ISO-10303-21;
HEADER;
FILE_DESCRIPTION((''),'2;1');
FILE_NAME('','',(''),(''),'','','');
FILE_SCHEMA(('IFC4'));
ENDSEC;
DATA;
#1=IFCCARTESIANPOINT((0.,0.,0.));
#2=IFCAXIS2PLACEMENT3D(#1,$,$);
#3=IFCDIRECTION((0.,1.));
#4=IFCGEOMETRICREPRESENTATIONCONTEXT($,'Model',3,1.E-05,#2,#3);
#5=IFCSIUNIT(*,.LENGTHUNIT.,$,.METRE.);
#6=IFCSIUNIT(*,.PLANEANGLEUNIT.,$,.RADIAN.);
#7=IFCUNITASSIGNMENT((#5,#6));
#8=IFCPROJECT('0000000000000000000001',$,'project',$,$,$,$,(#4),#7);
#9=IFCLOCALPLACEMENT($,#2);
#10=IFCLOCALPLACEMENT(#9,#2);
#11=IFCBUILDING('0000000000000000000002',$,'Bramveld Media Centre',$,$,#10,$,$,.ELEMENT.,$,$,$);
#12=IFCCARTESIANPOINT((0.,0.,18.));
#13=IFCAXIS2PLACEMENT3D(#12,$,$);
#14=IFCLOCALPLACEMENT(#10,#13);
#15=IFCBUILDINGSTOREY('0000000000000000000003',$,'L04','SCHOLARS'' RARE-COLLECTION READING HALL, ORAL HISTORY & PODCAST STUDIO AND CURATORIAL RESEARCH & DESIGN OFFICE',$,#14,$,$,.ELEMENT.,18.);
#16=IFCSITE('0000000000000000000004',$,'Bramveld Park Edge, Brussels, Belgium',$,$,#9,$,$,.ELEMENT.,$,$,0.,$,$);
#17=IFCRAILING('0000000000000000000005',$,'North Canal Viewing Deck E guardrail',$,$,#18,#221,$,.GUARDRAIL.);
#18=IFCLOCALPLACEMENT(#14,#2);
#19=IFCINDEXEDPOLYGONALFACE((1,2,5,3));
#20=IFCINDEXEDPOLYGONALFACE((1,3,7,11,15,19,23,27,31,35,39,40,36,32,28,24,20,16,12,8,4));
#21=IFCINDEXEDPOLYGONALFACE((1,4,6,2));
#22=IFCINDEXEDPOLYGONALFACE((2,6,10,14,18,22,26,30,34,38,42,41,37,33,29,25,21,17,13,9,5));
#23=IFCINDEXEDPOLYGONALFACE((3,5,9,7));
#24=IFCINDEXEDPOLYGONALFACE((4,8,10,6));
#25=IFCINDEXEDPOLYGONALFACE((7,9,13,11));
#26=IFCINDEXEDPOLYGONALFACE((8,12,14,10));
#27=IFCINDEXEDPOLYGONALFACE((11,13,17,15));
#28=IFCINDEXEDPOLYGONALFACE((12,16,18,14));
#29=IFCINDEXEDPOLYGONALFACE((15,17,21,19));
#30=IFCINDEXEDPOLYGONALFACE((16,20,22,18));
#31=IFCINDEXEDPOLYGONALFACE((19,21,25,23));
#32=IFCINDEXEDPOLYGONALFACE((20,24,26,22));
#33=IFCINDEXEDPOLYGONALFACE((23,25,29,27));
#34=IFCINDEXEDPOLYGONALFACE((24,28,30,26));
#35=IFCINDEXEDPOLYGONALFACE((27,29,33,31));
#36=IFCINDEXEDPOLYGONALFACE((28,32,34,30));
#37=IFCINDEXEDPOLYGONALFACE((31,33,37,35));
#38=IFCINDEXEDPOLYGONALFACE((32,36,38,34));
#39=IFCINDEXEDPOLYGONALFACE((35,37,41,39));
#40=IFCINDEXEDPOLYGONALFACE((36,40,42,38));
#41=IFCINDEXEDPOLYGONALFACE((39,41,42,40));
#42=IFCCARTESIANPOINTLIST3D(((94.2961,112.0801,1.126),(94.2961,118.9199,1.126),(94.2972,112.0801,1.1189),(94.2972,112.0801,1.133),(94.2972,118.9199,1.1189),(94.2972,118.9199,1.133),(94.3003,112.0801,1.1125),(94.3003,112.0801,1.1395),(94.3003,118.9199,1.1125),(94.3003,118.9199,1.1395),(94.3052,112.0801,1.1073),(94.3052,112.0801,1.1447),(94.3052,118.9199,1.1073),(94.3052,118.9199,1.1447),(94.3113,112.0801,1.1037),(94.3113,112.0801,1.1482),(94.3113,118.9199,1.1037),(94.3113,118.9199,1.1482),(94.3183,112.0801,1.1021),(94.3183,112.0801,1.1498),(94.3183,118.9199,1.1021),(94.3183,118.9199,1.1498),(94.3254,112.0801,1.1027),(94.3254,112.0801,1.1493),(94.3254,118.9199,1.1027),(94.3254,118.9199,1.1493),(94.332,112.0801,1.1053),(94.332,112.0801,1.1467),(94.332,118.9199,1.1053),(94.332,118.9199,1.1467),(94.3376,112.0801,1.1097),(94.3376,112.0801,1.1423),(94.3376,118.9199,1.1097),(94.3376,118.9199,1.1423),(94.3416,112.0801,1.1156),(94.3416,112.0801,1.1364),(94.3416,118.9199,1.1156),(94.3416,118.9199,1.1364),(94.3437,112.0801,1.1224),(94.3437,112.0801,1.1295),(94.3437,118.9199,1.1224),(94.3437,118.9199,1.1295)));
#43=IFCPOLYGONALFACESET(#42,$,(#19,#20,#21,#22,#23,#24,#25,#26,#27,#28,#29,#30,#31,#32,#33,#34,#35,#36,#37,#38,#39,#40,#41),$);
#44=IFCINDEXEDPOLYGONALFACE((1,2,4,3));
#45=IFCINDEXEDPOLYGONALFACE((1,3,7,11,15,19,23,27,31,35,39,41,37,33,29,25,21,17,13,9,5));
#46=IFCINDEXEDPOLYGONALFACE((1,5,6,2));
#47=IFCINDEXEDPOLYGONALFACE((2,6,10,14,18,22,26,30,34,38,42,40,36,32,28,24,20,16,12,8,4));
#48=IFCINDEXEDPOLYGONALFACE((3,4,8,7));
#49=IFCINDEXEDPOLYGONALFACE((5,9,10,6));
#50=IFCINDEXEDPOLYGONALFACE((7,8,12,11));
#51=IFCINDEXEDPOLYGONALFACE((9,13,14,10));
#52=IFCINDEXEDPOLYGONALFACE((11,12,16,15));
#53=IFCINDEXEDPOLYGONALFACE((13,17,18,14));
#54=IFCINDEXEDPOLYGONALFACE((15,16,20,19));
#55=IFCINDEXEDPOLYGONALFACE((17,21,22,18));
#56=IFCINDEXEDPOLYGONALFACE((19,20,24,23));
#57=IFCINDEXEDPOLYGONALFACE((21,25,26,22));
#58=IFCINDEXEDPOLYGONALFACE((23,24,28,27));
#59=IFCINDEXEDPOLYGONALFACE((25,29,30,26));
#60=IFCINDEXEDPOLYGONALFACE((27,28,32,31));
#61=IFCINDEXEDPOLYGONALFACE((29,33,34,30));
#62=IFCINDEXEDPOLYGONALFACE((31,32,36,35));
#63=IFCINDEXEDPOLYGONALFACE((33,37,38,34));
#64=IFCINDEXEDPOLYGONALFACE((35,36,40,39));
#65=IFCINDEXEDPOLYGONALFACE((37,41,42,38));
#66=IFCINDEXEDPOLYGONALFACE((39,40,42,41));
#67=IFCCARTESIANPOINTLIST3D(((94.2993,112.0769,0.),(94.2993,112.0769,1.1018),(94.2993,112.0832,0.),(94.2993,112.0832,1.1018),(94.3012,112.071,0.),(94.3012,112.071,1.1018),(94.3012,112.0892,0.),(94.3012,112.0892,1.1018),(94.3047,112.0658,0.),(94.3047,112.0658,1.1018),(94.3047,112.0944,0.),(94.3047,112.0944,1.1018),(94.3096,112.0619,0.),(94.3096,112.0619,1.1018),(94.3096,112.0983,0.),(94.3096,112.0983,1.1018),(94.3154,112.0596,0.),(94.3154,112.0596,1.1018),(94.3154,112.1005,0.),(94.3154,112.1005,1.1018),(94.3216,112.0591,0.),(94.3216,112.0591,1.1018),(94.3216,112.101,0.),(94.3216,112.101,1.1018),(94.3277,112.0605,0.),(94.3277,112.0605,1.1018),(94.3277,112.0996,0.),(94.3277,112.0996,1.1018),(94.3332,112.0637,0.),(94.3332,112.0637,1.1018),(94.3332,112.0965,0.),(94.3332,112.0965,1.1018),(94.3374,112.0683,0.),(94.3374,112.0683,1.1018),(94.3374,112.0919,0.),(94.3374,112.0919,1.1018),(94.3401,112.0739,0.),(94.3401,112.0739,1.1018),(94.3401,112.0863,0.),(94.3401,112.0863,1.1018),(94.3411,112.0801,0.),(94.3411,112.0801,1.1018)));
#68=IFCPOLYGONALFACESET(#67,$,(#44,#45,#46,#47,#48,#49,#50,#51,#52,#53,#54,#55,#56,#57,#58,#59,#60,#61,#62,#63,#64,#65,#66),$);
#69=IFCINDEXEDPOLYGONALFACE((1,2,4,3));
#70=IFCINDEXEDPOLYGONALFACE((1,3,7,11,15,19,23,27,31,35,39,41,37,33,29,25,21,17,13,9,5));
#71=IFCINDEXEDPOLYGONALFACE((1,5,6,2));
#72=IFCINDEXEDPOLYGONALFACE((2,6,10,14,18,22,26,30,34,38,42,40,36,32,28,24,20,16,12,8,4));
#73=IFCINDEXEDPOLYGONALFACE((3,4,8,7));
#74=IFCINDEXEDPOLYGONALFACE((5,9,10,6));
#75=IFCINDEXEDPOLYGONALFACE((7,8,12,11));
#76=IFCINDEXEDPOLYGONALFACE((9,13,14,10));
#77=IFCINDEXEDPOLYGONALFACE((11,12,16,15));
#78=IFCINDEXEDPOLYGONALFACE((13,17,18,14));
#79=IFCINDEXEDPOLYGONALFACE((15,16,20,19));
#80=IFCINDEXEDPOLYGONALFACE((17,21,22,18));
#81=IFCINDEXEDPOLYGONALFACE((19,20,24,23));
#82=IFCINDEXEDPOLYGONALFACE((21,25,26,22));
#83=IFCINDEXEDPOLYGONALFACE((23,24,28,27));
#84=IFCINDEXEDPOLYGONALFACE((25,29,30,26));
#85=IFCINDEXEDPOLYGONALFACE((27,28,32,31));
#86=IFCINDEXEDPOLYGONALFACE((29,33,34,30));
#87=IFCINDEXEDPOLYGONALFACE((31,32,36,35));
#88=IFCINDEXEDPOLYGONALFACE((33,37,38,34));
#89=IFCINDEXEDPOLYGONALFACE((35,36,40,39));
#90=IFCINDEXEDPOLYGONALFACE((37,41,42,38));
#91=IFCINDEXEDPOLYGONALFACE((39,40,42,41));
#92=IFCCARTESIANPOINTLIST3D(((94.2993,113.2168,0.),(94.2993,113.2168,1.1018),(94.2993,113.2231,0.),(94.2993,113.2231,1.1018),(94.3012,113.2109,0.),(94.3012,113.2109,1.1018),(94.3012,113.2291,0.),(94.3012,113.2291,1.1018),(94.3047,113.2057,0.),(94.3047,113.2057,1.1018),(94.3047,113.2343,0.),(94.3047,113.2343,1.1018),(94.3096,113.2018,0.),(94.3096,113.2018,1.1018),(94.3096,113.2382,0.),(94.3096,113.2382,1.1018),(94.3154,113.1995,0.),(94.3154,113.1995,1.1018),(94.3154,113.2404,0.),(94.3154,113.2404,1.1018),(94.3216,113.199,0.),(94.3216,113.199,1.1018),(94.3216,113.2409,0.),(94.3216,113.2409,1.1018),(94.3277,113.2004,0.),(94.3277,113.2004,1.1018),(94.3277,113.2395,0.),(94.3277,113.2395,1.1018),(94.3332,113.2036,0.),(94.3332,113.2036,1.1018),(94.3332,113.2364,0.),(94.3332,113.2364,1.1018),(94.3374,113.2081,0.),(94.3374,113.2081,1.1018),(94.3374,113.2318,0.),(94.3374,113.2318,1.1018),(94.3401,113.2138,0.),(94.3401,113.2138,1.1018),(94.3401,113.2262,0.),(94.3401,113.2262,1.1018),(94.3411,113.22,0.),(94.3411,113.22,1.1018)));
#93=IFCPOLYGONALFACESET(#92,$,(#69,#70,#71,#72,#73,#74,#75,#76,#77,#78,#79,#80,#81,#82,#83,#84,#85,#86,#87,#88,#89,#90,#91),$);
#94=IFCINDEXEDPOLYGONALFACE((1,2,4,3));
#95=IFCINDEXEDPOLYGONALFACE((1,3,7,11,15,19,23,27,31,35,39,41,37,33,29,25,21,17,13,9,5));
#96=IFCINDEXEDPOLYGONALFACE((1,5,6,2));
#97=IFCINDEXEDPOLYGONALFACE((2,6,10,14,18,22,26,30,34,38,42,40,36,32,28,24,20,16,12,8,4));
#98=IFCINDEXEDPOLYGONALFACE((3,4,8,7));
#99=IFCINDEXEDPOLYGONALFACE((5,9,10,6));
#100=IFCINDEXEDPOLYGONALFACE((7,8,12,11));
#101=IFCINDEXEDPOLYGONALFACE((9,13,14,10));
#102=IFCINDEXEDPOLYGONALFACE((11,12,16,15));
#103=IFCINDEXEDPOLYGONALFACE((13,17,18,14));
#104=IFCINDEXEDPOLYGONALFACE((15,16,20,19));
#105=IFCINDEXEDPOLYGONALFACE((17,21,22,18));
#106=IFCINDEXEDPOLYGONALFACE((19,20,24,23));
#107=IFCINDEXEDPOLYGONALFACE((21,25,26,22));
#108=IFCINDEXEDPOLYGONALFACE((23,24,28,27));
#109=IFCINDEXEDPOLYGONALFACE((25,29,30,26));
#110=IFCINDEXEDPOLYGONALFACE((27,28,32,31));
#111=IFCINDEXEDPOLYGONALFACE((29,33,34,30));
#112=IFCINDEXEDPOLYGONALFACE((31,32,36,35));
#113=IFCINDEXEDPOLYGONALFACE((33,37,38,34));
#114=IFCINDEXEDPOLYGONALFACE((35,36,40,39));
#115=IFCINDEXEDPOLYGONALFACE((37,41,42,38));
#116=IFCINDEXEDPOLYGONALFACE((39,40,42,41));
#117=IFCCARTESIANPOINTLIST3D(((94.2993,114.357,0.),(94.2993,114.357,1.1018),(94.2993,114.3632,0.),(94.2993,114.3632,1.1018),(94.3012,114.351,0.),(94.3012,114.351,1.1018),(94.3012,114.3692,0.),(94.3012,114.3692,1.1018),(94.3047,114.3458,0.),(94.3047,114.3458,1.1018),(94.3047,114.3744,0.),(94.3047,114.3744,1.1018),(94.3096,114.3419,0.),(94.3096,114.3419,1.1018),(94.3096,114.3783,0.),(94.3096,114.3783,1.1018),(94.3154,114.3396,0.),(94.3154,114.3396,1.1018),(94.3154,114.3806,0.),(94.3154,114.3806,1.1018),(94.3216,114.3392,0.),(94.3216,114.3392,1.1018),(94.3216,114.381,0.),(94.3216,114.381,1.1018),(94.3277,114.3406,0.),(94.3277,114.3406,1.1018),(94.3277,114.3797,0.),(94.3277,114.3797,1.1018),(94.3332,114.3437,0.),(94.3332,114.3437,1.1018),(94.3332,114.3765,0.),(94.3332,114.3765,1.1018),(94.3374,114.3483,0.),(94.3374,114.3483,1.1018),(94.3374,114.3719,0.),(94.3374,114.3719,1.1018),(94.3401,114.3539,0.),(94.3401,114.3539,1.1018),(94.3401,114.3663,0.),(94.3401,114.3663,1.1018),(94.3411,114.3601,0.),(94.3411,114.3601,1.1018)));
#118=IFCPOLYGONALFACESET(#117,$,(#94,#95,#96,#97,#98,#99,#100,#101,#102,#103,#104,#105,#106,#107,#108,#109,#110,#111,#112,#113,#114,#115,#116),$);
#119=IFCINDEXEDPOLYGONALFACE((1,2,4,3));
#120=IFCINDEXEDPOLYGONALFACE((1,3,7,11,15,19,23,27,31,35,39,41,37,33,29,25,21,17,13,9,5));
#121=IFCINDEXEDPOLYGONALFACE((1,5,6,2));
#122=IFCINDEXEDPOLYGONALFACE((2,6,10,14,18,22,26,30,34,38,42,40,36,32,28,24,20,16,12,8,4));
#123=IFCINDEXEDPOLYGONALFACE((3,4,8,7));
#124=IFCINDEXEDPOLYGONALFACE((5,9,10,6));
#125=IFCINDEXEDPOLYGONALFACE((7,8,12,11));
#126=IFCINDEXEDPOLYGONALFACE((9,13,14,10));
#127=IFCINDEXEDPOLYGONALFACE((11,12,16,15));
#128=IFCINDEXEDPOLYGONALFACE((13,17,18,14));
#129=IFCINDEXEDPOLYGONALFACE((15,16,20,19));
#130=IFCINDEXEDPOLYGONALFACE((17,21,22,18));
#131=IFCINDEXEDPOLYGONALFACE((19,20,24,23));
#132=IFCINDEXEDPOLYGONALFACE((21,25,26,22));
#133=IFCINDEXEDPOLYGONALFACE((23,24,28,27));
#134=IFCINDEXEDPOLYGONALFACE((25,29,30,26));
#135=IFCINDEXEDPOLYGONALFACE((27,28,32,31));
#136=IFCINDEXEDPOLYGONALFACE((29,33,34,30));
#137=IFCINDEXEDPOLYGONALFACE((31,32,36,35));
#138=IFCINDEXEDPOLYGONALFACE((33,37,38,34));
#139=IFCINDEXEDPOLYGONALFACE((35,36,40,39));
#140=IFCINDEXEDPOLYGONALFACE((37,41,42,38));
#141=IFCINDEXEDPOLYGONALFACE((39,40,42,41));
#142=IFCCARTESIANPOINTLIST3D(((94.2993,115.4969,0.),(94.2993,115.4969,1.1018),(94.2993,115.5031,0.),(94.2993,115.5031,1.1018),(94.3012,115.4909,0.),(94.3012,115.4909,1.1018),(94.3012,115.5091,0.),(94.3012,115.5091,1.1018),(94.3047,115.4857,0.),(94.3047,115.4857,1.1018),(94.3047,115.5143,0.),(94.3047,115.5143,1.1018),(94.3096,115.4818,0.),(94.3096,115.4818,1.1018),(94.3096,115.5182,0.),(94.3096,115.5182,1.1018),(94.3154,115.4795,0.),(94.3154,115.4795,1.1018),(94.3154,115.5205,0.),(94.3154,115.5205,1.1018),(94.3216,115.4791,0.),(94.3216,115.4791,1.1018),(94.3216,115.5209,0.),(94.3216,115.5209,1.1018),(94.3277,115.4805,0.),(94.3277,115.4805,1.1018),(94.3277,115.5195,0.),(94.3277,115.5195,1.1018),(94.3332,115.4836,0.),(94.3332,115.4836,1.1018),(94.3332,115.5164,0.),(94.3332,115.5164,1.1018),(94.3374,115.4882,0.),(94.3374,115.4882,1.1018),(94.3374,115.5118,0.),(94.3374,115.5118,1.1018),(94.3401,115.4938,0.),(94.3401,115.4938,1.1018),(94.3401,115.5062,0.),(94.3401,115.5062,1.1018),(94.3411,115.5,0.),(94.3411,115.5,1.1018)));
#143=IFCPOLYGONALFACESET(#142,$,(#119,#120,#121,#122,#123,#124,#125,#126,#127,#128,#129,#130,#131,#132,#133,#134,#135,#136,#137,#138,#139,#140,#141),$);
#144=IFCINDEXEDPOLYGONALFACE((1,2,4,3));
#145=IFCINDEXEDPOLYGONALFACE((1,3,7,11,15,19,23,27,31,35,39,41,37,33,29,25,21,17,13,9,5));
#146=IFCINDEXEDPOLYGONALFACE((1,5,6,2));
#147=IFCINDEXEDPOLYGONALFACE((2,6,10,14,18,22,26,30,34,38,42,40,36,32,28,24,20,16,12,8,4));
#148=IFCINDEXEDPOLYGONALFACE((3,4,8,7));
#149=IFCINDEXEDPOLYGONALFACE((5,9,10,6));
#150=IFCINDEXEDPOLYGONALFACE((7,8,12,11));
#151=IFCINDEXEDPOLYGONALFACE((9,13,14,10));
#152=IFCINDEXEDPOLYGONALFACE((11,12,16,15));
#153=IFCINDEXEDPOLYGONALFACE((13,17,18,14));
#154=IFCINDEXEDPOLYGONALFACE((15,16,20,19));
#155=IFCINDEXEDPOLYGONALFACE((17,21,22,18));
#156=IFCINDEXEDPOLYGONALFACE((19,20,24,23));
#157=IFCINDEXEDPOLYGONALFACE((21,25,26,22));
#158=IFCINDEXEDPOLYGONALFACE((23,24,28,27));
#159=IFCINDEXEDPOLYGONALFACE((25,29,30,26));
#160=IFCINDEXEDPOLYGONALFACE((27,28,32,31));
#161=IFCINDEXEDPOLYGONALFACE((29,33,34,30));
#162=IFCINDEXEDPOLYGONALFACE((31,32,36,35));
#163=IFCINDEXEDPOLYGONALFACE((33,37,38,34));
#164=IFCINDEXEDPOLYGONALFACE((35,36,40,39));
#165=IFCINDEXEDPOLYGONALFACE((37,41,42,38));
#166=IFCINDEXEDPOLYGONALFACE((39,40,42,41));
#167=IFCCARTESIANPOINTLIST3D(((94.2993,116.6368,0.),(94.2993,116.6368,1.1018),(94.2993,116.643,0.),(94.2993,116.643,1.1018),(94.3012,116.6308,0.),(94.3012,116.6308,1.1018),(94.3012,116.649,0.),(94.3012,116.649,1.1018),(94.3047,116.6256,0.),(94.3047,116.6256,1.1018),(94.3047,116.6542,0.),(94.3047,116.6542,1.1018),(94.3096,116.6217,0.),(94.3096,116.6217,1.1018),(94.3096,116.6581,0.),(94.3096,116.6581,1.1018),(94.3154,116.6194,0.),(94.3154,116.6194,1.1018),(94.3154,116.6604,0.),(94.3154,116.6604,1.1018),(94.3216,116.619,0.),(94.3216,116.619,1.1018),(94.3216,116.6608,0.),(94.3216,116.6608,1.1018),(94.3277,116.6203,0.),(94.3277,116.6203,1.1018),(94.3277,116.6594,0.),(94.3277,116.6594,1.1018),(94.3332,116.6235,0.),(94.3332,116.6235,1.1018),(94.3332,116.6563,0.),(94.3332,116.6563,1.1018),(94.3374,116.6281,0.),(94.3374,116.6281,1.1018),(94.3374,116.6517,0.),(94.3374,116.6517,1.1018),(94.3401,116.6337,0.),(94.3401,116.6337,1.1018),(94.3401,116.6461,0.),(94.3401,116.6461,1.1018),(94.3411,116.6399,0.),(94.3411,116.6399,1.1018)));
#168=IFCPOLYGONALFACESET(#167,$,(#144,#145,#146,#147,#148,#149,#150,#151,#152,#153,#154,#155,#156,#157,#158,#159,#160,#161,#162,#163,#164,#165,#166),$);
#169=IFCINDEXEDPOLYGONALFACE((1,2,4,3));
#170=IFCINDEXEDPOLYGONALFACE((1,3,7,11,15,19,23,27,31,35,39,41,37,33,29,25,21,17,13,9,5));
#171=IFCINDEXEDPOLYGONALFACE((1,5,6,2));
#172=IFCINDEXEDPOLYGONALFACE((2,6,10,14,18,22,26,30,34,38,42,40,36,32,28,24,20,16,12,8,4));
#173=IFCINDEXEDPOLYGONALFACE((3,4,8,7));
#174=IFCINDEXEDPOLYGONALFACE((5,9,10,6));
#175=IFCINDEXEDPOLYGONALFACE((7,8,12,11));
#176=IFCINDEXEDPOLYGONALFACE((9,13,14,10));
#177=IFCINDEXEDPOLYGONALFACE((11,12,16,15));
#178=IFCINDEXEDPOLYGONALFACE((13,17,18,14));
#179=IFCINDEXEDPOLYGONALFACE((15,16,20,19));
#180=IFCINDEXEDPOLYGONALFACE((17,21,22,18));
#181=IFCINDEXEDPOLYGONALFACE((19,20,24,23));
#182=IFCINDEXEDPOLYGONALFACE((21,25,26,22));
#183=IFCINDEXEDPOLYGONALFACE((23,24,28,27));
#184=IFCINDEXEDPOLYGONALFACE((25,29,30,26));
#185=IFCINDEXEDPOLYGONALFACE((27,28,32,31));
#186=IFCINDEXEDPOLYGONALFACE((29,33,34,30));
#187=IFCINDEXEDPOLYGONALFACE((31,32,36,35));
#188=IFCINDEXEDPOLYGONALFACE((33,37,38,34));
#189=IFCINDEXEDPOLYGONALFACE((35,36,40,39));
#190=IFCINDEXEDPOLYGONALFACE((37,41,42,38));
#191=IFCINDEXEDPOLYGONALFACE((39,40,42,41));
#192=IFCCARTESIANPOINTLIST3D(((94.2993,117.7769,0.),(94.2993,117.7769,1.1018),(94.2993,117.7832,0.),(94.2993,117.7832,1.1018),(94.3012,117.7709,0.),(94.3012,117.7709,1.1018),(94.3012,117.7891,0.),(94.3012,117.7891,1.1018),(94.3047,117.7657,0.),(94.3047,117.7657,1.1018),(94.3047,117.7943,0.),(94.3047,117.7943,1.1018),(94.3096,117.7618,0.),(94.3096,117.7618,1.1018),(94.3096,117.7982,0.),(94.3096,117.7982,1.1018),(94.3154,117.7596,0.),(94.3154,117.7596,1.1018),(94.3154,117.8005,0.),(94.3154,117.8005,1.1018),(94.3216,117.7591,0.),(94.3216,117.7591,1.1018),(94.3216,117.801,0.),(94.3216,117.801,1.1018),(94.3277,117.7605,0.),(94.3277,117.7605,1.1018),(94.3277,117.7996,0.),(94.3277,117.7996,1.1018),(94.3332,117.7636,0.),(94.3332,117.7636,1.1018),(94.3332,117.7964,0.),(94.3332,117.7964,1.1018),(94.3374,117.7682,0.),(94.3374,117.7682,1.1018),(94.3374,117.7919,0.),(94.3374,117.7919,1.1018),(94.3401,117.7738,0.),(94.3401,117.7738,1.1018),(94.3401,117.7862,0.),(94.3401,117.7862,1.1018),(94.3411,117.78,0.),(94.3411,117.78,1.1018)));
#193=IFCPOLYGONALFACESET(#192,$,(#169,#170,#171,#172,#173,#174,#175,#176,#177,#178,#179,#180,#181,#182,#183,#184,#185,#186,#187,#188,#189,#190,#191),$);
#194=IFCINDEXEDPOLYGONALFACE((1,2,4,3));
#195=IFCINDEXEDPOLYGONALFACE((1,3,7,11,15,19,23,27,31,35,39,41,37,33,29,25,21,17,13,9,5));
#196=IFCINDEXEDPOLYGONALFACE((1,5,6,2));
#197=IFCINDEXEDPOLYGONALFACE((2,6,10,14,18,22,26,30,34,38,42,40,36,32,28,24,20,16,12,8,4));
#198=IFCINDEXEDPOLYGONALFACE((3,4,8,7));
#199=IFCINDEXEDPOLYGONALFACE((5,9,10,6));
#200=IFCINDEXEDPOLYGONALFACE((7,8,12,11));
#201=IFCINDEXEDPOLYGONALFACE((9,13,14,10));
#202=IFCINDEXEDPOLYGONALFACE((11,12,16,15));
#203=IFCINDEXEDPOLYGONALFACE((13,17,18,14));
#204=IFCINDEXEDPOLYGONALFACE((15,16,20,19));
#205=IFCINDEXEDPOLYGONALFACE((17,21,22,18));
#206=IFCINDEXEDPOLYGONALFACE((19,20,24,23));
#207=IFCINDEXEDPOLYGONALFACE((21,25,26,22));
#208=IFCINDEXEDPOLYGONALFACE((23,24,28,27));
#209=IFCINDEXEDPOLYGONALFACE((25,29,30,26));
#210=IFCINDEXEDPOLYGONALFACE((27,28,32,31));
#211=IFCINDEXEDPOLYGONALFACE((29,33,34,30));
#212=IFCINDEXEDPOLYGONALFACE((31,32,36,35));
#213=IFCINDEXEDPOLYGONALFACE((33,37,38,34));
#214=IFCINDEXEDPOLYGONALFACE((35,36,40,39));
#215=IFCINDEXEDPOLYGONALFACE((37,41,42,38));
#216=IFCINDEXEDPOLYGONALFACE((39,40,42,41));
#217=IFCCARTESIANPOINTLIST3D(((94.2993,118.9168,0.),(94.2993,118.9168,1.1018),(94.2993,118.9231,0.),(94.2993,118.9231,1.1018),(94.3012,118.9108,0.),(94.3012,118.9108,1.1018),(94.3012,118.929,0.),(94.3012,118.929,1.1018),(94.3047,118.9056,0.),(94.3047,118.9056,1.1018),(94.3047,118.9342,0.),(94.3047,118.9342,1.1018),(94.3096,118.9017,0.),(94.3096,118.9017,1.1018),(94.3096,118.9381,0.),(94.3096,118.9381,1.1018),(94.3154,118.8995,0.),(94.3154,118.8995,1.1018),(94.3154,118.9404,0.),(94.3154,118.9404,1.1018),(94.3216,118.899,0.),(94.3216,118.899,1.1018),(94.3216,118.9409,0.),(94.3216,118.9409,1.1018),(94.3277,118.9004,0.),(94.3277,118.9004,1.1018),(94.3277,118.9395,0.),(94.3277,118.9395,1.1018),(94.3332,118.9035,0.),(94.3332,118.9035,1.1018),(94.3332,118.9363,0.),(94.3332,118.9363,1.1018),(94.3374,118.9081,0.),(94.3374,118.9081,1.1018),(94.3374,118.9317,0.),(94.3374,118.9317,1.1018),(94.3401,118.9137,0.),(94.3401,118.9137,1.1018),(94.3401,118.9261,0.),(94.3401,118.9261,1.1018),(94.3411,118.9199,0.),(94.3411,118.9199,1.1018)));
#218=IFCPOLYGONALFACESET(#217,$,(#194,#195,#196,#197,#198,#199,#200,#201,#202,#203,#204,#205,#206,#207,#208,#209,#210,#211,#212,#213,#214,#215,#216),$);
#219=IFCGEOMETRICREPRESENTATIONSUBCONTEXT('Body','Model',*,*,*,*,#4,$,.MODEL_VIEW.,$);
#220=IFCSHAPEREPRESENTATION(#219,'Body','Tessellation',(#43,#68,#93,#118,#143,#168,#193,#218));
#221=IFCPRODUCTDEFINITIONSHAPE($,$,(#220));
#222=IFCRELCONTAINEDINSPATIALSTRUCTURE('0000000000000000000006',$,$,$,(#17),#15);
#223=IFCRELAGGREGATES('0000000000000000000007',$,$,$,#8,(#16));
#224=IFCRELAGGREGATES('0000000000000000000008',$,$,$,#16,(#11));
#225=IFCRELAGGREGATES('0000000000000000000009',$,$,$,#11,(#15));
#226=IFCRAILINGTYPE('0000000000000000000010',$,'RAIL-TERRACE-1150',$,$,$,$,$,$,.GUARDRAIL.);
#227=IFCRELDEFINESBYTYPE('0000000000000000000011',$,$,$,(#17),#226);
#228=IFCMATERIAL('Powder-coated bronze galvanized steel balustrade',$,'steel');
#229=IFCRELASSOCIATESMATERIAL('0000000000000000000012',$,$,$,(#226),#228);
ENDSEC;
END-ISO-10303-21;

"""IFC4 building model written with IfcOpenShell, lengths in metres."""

from ifc_helpers import new_model, si_unit, direction, frame, origin, origin_2d, place, context, subcontext, project, spatial, circle, extrude, material, type_object, element, save


model = new_model("IFC4")

# Units and contexts
model_context = context("Model", 3, precision=1e-05, world=origin(), true_north=direction((0.0, 1.0)))
body_context = subcontext(model_context, "Body", "Model", "MODEL_VIEW")
ifc_project = project(units=[si_unit("LENGTHUNIT", "METRE"), si_unit("PLANEANGLEUNIT", "RADIAN")], contexts=[model_context])

# Site, building, storey
site_placement = place(None, origin())
site = spatial("IfcSite", under=ifc_project, at=site_placement, Name="Bramveld Park Edge, Brussels, Belgium", CompositionType="ELEMENT", RefElevation=0.0)
building_placement = place(site_placement, origin())
building = spatial("IfcBuilding", under=site, at=building_placement, Name="Bramveld Media Centre", CompositionType="ELEMENT")
storey_placement = place(building_placement, frame((0.0, 0.0, 18.0)))
storey = spatial("IfcBuildingStorey", under=building, at=storey_placement, Name="L04", Description="SCHOLARS' RARE-COLLECTION READING HALL, ORAL HISTORY & PODCAST STUDIO AND CURATORIAL RESEARCH & DESIGN OFFICE", CompositionType="ELEMENT", Elevation=18.0)

# Railing
ifc_material_1 = material(Name="Powder-coated bronze galvanized steel balustrade", Category="steel")
railing_type = type_object("IfcRailingType", Name="RAIL-TERRACE-1150", PredefinedType="GUARDRAIL", material=ifc_material_1)
railing_1_placement = place(storey_placement, frame((94.3201, 112.0801, 0.0)))
element("IfcRailing", 1, at=railing_1_placement, inside=storey, type_object=railing_type, Name="North Canal Viewing Deck E guardrail", PredefinedType="GUARDRAIL", context=body_context, shape_type="SweptSolid", body=[
    extrude(circle(Radius=0.0239, at=origin_2d()), frame((0.0, 0.0, 1.126), z_axis=(0.0, 1.0, 0.0), x_axis=(-1.0, 0.0, 0.0)), (0.0, 0.0, 1.0), 6.8398),
    extrude(circle(Radius=0.021, at=origin_2d()), origin(), (0.0, 0.0, 1.0), 1.1018),
    extrude(circle(Radius=0.021, at=origin_2d()), frame((0.0, 1.1399, 0.0)), (0.0, 0.0, 1.0), 1.1018),
    extrude(circle(Radius=0.021, at=origin_2d()), frame((0.0, 2.28, 0.0)), (0.0, 0.0, 1.0), 1.1018),
    extrude(circle(Radius=0.021, at=origin_2d()), frame((0.0, 3.4199, 0.0)), (0.0, 0.0, 1.0), 1.1018),
    extrude(circle(Radius=0.021, at=origin_2d()), frame((0.0, 4.5598, 0.0)), (0.0, 0.0, 1.0), 1.1018),
    extrude(circle(Radius=0.021, at=origin_2d()), frame((0.0, 5.7, 0.0)), (0.0, 0.0, 1.0), 1.1018),
    extrude(circle(Radius=0.021, at=origin_2d()), frame((0.0, 6.8398, 0.0)), (0.0, 0.0, 1.0), 1.1018),
])

save(model, "model.ifc")
